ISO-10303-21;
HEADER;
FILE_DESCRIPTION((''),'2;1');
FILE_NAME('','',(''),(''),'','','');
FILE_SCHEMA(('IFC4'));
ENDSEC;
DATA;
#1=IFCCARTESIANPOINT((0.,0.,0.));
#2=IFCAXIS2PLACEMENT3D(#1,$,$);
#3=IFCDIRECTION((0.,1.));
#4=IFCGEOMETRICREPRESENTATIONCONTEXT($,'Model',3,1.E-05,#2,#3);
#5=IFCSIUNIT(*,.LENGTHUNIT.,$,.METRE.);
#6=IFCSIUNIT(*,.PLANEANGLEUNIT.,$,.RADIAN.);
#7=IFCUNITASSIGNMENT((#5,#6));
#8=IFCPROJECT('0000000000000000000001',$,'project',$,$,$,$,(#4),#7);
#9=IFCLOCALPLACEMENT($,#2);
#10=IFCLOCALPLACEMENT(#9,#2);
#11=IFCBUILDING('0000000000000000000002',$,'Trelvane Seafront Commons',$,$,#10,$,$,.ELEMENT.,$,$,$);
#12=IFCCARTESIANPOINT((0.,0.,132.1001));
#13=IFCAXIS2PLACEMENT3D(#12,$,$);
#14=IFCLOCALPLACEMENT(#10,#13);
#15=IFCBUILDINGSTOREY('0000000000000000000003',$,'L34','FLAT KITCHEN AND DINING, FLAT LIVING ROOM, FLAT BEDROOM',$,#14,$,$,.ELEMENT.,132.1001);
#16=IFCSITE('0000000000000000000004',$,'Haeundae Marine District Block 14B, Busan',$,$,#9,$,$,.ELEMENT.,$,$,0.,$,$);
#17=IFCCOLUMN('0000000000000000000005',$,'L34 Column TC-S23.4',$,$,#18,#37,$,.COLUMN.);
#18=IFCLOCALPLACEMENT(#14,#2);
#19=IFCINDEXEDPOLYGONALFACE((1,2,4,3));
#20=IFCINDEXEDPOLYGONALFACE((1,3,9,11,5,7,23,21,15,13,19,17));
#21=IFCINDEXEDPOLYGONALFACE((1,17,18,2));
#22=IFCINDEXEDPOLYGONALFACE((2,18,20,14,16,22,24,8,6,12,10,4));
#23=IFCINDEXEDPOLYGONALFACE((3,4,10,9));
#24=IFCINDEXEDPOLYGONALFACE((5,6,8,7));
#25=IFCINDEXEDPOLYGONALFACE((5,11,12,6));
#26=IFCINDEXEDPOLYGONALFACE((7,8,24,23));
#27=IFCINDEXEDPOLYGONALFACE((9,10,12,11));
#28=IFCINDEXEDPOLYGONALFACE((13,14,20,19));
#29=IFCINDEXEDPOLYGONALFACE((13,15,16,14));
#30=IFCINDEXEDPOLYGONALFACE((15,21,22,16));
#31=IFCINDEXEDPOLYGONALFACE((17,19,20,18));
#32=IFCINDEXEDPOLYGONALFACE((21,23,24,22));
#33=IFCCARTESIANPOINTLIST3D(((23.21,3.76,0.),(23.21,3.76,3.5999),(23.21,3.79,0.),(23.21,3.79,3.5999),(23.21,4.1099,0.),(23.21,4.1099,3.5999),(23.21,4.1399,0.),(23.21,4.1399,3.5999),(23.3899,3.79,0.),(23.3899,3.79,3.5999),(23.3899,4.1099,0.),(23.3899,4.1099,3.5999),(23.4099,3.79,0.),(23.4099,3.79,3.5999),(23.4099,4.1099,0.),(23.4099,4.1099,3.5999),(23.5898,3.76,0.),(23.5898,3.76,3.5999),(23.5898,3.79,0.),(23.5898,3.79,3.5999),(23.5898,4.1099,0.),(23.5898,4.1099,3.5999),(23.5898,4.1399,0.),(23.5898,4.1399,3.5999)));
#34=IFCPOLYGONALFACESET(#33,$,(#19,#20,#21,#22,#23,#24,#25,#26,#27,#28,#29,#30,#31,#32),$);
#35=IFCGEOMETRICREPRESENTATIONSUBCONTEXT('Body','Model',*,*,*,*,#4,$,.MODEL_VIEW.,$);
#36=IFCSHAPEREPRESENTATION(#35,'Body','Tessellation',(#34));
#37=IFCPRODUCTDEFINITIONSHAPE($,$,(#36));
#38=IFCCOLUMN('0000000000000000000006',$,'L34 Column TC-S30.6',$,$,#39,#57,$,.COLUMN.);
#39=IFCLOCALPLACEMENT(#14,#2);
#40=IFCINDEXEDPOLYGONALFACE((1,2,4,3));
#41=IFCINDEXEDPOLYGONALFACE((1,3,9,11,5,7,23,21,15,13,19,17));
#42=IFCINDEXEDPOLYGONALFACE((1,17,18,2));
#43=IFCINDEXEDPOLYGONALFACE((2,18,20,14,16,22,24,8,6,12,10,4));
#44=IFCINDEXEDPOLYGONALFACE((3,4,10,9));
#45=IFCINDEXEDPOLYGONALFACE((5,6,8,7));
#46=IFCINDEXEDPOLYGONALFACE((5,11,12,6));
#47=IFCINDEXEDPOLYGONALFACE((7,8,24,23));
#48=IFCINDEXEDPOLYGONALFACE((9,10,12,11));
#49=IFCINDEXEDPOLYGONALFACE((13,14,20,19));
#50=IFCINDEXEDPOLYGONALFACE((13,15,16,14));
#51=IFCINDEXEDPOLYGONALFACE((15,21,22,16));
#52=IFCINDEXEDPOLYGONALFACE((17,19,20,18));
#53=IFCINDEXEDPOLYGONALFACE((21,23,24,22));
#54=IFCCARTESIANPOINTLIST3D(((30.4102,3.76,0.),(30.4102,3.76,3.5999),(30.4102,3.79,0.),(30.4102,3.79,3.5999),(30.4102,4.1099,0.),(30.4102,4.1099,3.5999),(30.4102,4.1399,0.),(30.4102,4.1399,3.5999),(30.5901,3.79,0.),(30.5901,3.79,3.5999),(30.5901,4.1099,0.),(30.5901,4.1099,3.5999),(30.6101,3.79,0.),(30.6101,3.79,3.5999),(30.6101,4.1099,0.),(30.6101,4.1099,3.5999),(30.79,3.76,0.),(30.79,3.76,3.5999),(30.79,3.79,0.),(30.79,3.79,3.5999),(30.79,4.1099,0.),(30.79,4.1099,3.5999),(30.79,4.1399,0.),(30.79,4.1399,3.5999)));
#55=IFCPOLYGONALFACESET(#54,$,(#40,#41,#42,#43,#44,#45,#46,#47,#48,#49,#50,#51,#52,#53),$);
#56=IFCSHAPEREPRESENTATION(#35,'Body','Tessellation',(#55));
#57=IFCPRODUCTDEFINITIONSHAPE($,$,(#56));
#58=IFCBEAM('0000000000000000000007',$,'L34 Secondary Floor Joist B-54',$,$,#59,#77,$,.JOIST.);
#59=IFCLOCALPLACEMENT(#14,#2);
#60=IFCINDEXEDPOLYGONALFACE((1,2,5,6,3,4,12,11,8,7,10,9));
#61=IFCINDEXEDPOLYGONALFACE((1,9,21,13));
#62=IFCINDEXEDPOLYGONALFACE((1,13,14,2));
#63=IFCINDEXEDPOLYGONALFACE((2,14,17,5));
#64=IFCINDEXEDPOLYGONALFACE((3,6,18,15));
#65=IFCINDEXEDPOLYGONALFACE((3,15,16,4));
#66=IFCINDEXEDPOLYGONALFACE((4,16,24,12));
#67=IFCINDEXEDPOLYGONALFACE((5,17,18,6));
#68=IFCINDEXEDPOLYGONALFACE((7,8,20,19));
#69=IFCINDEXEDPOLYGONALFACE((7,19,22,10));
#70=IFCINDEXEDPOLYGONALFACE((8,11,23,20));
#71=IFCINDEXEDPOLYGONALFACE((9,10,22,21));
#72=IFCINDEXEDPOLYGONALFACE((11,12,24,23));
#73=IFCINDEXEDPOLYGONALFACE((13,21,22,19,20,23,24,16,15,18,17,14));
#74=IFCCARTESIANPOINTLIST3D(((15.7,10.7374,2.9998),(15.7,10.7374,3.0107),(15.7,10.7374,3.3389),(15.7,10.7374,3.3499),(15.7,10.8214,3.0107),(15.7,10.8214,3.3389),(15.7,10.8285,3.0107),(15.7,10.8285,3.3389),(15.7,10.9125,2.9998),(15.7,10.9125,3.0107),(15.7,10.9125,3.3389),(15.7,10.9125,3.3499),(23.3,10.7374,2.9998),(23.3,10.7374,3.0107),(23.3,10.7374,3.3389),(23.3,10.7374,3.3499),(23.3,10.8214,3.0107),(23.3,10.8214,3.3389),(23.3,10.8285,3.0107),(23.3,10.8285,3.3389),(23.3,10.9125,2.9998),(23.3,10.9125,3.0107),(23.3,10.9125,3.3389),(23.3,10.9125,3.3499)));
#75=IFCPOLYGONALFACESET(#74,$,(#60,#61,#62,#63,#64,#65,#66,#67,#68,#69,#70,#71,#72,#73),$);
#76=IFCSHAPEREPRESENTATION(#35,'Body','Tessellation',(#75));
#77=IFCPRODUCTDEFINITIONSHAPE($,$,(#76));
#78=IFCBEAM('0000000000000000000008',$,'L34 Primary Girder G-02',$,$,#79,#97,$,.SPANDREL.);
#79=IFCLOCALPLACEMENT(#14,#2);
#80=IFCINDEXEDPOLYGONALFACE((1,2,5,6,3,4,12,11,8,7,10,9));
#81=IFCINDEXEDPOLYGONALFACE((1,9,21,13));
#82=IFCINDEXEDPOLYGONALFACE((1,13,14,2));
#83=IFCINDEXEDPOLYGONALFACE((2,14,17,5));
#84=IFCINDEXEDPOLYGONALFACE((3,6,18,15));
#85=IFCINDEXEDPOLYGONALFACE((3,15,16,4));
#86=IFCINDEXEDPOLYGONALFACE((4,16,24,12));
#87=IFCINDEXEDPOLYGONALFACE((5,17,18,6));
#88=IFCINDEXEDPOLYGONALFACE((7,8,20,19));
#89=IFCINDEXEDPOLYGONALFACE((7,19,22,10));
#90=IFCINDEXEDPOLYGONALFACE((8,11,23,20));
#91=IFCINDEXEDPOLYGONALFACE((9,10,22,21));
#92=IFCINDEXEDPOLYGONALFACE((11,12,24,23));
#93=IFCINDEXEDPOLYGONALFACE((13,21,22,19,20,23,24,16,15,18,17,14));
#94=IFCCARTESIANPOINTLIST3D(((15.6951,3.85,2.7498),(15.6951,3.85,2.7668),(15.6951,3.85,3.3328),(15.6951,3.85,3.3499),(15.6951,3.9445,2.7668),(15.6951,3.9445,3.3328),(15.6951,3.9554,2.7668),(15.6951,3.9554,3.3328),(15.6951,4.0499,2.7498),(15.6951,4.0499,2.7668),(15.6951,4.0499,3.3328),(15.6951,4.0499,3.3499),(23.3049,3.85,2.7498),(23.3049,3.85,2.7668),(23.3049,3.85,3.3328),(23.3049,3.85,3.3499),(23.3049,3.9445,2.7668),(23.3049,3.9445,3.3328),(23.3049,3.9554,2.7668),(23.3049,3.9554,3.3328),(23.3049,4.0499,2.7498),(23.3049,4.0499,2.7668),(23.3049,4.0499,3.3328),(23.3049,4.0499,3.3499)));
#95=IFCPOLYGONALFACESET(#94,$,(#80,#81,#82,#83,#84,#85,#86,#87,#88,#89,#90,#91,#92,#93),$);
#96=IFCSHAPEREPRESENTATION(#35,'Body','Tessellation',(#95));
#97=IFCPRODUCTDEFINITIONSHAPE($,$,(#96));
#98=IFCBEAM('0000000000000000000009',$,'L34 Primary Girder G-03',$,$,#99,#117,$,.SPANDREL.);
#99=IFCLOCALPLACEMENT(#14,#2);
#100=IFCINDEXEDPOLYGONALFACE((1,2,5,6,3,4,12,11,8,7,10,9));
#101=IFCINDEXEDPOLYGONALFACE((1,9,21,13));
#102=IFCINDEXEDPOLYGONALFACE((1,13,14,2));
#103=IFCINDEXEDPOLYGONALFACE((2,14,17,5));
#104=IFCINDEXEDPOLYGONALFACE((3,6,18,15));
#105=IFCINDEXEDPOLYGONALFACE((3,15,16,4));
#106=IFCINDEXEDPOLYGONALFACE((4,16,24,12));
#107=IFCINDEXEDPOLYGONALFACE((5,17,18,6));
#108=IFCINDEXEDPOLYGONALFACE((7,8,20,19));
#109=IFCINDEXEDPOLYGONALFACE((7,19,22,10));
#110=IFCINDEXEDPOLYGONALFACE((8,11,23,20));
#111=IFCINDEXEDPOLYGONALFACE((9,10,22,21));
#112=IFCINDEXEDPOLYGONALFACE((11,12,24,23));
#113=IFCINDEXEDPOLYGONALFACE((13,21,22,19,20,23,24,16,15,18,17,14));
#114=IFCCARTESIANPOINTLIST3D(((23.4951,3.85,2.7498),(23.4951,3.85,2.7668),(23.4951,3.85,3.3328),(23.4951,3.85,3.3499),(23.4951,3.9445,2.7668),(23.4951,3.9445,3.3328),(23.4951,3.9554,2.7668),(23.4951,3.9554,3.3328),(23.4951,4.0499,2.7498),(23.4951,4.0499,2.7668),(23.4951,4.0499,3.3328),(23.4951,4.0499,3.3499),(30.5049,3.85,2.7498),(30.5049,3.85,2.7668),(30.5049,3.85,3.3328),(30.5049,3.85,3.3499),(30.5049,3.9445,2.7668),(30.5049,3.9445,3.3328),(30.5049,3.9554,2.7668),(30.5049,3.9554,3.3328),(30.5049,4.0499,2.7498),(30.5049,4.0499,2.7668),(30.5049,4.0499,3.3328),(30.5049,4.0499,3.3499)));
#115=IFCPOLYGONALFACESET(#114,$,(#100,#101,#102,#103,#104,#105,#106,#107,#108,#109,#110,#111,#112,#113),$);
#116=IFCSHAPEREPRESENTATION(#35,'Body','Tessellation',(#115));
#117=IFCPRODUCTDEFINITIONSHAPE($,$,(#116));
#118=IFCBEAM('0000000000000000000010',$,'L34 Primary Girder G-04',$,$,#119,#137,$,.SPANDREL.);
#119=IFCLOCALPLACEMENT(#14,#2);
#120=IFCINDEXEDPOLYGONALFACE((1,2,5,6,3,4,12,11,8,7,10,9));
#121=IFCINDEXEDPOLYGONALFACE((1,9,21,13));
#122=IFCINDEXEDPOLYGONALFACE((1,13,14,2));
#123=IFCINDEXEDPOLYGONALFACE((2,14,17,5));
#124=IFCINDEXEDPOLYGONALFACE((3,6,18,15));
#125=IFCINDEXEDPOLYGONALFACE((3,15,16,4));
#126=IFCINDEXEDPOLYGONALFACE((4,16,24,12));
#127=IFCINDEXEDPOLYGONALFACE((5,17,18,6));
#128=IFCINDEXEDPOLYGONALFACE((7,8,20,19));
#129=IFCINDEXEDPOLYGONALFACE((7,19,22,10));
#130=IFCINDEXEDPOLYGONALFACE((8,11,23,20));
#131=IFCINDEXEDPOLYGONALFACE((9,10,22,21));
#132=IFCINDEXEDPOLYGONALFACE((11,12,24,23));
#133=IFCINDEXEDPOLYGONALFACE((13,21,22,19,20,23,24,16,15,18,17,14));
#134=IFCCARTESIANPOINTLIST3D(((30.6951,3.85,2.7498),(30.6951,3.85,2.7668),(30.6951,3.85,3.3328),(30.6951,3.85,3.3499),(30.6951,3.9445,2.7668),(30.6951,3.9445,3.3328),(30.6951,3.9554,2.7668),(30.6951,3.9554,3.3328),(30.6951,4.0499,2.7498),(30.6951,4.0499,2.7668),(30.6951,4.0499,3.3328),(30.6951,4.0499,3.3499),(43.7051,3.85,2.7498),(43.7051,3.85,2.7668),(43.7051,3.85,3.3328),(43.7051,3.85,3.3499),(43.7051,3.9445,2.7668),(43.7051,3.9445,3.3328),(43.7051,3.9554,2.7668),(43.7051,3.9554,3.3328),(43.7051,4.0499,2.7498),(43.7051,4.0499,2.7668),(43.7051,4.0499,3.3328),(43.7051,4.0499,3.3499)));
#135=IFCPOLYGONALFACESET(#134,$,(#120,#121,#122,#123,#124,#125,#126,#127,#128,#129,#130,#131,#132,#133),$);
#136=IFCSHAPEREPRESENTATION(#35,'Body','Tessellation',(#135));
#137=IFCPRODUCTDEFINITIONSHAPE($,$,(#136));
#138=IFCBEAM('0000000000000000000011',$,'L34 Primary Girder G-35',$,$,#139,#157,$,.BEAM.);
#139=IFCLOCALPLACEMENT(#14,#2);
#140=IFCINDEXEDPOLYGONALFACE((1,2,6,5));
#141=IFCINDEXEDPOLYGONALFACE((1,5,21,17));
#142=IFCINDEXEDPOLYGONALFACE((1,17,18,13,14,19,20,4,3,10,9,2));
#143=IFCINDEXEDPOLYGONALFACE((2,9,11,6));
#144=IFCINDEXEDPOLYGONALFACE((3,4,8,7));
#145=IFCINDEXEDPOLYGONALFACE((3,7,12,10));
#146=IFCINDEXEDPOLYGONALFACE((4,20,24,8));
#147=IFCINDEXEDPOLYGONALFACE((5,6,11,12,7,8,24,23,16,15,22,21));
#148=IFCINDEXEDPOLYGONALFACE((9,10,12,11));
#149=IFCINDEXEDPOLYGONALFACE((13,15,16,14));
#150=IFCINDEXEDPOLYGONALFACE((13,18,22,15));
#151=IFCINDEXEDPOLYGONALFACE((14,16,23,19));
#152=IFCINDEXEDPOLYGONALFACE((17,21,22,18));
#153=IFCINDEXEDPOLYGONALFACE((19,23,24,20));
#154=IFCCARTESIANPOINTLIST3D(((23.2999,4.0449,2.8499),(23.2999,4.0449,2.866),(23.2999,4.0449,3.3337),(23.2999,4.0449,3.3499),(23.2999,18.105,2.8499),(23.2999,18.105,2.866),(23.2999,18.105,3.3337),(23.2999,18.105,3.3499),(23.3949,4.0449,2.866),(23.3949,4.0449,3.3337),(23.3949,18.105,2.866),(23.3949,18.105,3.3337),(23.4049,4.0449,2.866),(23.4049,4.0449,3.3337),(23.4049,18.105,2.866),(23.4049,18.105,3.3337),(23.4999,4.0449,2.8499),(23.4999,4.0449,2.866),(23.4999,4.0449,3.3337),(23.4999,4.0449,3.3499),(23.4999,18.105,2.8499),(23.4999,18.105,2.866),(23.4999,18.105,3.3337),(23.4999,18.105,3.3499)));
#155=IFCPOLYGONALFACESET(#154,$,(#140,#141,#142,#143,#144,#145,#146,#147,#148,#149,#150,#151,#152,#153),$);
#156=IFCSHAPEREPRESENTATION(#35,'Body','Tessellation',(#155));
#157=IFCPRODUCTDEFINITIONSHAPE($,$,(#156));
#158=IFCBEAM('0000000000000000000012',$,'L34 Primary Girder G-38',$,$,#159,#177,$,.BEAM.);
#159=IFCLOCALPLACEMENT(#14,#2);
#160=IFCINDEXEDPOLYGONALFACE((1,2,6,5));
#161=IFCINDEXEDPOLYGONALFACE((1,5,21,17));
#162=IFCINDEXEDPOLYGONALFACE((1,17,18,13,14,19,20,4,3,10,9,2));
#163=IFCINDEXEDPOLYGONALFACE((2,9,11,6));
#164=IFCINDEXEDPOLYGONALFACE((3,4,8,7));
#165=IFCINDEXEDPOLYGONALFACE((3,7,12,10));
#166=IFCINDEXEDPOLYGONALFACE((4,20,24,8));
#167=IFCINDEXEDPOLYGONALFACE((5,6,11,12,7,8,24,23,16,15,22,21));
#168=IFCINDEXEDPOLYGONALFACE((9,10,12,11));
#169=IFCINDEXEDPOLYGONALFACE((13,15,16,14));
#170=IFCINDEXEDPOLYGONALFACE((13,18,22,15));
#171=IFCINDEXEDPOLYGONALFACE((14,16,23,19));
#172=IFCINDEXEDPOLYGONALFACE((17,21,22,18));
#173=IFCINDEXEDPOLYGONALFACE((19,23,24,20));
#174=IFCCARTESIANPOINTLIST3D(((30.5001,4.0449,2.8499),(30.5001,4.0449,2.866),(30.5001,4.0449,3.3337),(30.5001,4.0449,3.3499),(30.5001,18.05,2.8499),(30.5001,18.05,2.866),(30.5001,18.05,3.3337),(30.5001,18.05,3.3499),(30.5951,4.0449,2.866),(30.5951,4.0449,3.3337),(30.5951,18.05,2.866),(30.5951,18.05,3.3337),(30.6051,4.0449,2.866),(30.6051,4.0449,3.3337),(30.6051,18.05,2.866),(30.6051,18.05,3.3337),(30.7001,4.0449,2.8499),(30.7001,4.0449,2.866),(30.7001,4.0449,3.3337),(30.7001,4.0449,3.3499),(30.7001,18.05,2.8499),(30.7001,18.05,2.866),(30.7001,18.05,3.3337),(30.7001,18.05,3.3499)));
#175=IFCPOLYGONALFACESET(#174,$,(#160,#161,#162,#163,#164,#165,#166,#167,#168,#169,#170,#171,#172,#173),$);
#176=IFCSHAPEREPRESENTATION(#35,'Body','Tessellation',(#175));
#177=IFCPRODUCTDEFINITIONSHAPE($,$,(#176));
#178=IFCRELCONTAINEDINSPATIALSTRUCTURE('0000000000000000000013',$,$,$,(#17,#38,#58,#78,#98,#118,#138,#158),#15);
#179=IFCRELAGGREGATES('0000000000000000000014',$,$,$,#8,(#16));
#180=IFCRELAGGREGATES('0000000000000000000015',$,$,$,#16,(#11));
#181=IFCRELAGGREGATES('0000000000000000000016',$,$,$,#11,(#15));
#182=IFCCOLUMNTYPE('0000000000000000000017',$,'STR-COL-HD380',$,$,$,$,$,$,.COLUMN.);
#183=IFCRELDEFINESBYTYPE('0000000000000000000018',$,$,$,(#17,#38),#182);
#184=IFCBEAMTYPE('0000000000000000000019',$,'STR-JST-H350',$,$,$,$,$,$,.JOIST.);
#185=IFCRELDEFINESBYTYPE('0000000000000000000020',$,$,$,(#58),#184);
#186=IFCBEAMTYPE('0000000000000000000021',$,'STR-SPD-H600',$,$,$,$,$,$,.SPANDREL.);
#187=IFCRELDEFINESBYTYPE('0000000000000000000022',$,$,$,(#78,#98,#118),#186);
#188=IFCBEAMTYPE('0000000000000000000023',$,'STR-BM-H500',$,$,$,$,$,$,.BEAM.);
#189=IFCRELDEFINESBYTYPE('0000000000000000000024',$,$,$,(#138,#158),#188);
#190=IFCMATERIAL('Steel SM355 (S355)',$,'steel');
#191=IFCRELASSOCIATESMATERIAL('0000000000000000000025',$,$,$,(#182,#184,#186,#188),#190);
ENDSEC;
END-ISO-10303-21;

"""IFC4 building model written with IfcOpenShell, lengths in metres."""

from ifc_helpers import new_model, si_unit, direction, frame, origin, origin_2d, place, context, subcontext, project, spatial, i_section, extrude, source, transform, mapped, material, material_profile, profile_set, type_object, element, save


model = new_model("IFC4")

# Units and contexts
model_context = context("Model", 3, precision=1e-05, world=origin(), true_north=direction((0.0, 1.0)))
body_context = subcontext(model_context, "Body", "Model", "MODEL_VIEW")
ifc_project = project(units=[si_unit("LENGTHUNIT", "METRE"), si_unit("PLANEANGLEUNIT", "RADIAN")], contexts=[model_context])

# Site, building, storey
site_placement = place(None, origin())
site = spatial("IfcSite", under=ifc_project, at=site_placement, Name="Haeundae Marine District Block 14B, Busan", CompositionType="ELEMENT", RefElevation=0.0)
building_placement = place(site_placement, origin())
building = spatial("IfcBuilding", under=site, at=building_placement, Name="Trelvane Seafront Commons", CompositionType="ELEMENT")
storey_placement = place(building_placement, frame((0.0, 0.0, 132.1001)))
storey = spatial("IfcBuildingStorey", under=building, at=storey_placement, Name="L34", Description="FLAT KITCHEN AND DINING, FLAT LIVING ROOM, FLAT BEDROOM", CompositionType="ELEMENT", Elevation=132.1001)

# Columns
ifc_material_1 = material(Name="Steel SM355 (S355)", Category="steel")
ifc_material_profile_1 = material_profile(ifc_material_1, i_section(OverallWidth=0.3799, OverallDepth=0.3799, WebThickness=0.02, FlangeThickness=0.03, at=origin_2d()), Name="HD-380x380x20x30")
ifc_profile_set_1 = profile_set([ifc_material_profile_1], Name="Steel SM355 (S355)")
column_type = type_object("IfcColumnType", Name="STR-COL-HD380", PredefinedType="COLUMN", material=ifc_profile_set_1)
shared_shape_1 = source(origin(), body_context, "Body", "SweptSolid", [
    extrude(i_section(OverallWidth=0.3799, OverallDepth=0.3799, WebThickness=0.02, FlangeThickness=0.03, at=origin_2d()), origin(), (0.0, 0.0, 1.0), 3.5999),
])
for number, where, z_axis, x_axis, name in (
    (1, (23.3999, 3.95, 0.0), (0.0, 0.0, 1.0), (1.0, 0.0, 0.0), "L34 Column TC-S23.4"),
    (2, (30.6001, 3.95, 0.0), (0.0, 0.0, 1.0), (1.0, 0.0, 0.0), "L34 Column TC-S30.6"),
):
    element("IfcColumn", number, at=place(storey_placement, frame(where, z_axis=z_axis, x_axis=x_axis)), inside=storey, type_object=column_type, Name=name, PredefinedType="COLUMN", context=body_context, shape_type="MappedRepresentation", body=[
        mapped(shared_shape_1, transform((0.0, 0.0, 0.0), x_axis=(1.0, 0.0, 0.0), y_axis=(0.0, 1.0, 0.0), z_axis=(0.0, 0.0, 1.0), scale=1.0)),
    ])

# Beams
ifc_material_profile_2 = material_profile(ifc_material_1, i_section(OverallWidth=0.175, OverallDepth=0.3501, WebThickness=0.0071, FlangeThickness=0.011, at=origin_2d()), Name="H-350x175x7x11")
ifc_profile_set_2 = profile_set([ifc_material_profile_2], Name="Steel SM355 (S355)")
beam_type_1 = type_object("IfcBeamType", Name="STR-JST-H350", PredefinedType="JOIST", material=ifc_profile_set_2)
shared_shape_2 = source(origin(), body_context, "Body", "SweptSolid", [
    extrude(i_section(OverallWidth=0.175, OverallDepth=0.3501, WebThickness=0.0071, FlangeThickness=0.011, at=origin_2d()), origin(), (0.0, 0.0, 1.0), 7.6001),
])
beam_1_placement = place(storey_placement, frame((15.7, 10.825, 3.1748), z_axis=(1.0, 0.0, 0.0), x_axis=(0.0, 1.0, 0.0)))
element("IfcBeam", 3, at=beam_1_placement, inside=storey, type_object=beam_type_1, Name="L34 Secondary Floor Joist B-54", PredefinedType="JOIST", context=body_context, shape_type="MappedRepresentation", body=[
    mapped(shared_shape_2, transform((0.0, 0.0, 0.0), x_axis=(1.0, 0.0, 0.0), y_axis=(0.0, 1.0, 0.0), z_axis=(0.0, 0.0, 1.0), scale=1.0)),
])
ifc_material_profile_3 = material_profile(ifc_material_1, i_section(OverallWidth=0.2, OverallDepth=0.6001, WebThickness=0.011, FlangeThickness=0.0171, at=origin_2d()), Name="H-600x200x11x17")
ifc_profile_set_3 = profile_set([ifc_material_profile_3], Name="Steel SM355 (S355)")
beam_type_2 = type_object("IfcBeamType", Name="STR-SPD-H600", PredefinedType="SPANDREL", material=ifc_profile_set_3)
shared_shape_3 = source(origin(), body_context, "Body", "SweptSolid", [
    extrude(i_section(OverallWidth=0.2, OverallDepth=0.6001, WebThickness=0.011, FlangeThickness=0.0171, at=origin_2d()), origin(), (0.0, 0.0, 1.0), 7.6099),
])
beam_2_placement = place(storey_placement, frame((15.6951, 3.95, 3.0498), z_axis=(1.0, 0.0, 0.0), x_axis=(0.0, 1.0, 0.0)))
element("IfcBeam", 4, at=beam_2_placement, inside=storey, type_object=beam_type_2, Name="L34 Primary Girder G-02", PredefinedType="SPANDREL", context=body_context, shape_type="MappedRepresentation", body=[
    mapped(shared_shape_3, transform((0.0, 0.0, 0.0), x_axis=(1.0, 0.0, 0.0), y_axis=(0.0, 1.0, 0.0), z_axis=(0.0, 0.0, 1.0), scale=1.0)),
])
shared_shape_4 = source(origin(), body_context, "Body", "SweptSolid", [
    extrude(i_section(OverallWidth=0.2, OverallDepth=0.6001, WebThickness=0.011, FlangeThickness=0.0171, at=origin_2d()), origin(), (0.0, 0.0, 1.0), 7.0098),
])
beam_3_placement = place(storey_placement, frame((23.4951, 3.95, 3.0498), z_axis=(1.0, 0.0, 0.0), x_axis=(0.0, 1.0, 0.0)))
element("IfcBeam", 5, at=beam_3_placement, inside=storey, type_object=beam_type_2, Name="L34 Primary Girder G-03", PredefinedType="SPANDREL", context=body_context, shape_type="MappedRepresentation", body=[
    mapped(shared_shape_4, transform((0.0, 0.0, 0.0), x_axis=(1.0, 0.0, 0.0), y_axis=(0.0, 1.0, 0.0), z_axis=(0.0, 0.0, 1.0), scale=1.0)),
])
shared_shape_5 = source(origin(), body_context, "Body", "SweptSolid", [
    extrude(i_section(OverallWidth=0.2, OverallDepth=0.6001, WebThickness=0.011, FlangeThickness=0.0171, at=origin_2d()), origin(), (0.0, 0.0, 1.0), 13.01),
])
beam_4_placement = place(storey_placement, frame((30.6951, 3.95, 3.0498), z_axis=(1.0, 0.0, 0.0), x_axis=(0.0, 1.0, 0.0)))
element("IfcBeam", 6, at=beam_4_placement, inside=storey, type_object=beam_type_2, Name="L34 Primary Girder G-04", PredefinedType="SPANDREL", context=body_context, shape_type="MappedRepresentation", body=[
    mapped(shared_shape_5, transform((0.0, 0.0, 0.0), x_axis=(1.0, 0.0, 0.0), y_axis=(0.0, 1.0, 0.0), z_axis=(0.0, 0.0, 1.0), scale=1.0)),
])
ifc_material_profile_4 = material_profile(ifc_material_1, i_section(OverallWidth=0.2, OverallDepth=0.5, WebThickness=0.01, FlangeThickness=0.0161, at=origin_2d()), Name="H-500x200x10x16")
ifc_profile_set_4 = profile_set([ifc_material_profile_4], Name="Steel SM355 (S355)")
beam_type_3 = type_object("IfcBeamType", Name="STR-BM-H500", PredefinedType="BEAM", material=ifc_profile_set_4)
shared_shape_6 = source(origin(), body_context, "Body", "SweptSolid", [
    extrude(i_section(OverallWidth=0.2, OverallDepth=0.5, WebThickness=0.01, FlangeThickness=0.0161, at=origin_2d()), origin(), (0.0, 0.0, 1.0), 14.0601),
])
beam_5_placement = place(storey_placement, frame((23.3999, 4.0449, 3.0999), z_axis=(0.0, 1.0, 0.0), x_axis=(-1.0, 0.0, 0.0)))
element("IfcBeam", 7, at=beam_5_placement, inside=storey, type_object=beam_type_3, Name="L34 Primary Girder G-35", PredefinedType="BEAM", context=body_context, shape_type="MappedRepresentation", body=[
    mapped(shared_shape_6, transform((0.0, 0.0, 0.0), x_axis=(1.0, 0.0, 0.0), y_axis=(0.0, 1.0, 0.0), z_axis=(0.0, 0.0, 1.0), scale=1.0)),
])
shared_shape_7 = source(origin(), body_context, "Body", "SweptSolid", [
    extrude(i_section(OverallWidth=0.2, OverallDepth=0.5, WebThickness=0.01, FlangeThickness=0.0161, at=origin_2d()), origin(), (0.0, 0.0, 1.0), 14.0051),
])
beam_6_placement = place(storey_placement, frame((30.6001, 4.0449, 3.0999), z_axis=(0.0, 1.0, 0.0), x_axis=(-1.0, 0.0, 0.0)))
element("IfcBeam", 8, at=beam_6_placement, inside=storey, type_object=beam_type_3, Name="L34 Primary Girder G-38", PredefinedType="BEAM", context=body_context, shape_type="MappedRepresentation", body=[
    mapped(shared_shape_7, transform((0.0, 0.0, 0.0), x_axis=(1.0, 0.0, 0.0), y_axis=(0.0, 1.0, 0.0), z_axis=(0.0, 0.0, 1.0), scale=1.0)),
])

save(model, "model.ifc")
